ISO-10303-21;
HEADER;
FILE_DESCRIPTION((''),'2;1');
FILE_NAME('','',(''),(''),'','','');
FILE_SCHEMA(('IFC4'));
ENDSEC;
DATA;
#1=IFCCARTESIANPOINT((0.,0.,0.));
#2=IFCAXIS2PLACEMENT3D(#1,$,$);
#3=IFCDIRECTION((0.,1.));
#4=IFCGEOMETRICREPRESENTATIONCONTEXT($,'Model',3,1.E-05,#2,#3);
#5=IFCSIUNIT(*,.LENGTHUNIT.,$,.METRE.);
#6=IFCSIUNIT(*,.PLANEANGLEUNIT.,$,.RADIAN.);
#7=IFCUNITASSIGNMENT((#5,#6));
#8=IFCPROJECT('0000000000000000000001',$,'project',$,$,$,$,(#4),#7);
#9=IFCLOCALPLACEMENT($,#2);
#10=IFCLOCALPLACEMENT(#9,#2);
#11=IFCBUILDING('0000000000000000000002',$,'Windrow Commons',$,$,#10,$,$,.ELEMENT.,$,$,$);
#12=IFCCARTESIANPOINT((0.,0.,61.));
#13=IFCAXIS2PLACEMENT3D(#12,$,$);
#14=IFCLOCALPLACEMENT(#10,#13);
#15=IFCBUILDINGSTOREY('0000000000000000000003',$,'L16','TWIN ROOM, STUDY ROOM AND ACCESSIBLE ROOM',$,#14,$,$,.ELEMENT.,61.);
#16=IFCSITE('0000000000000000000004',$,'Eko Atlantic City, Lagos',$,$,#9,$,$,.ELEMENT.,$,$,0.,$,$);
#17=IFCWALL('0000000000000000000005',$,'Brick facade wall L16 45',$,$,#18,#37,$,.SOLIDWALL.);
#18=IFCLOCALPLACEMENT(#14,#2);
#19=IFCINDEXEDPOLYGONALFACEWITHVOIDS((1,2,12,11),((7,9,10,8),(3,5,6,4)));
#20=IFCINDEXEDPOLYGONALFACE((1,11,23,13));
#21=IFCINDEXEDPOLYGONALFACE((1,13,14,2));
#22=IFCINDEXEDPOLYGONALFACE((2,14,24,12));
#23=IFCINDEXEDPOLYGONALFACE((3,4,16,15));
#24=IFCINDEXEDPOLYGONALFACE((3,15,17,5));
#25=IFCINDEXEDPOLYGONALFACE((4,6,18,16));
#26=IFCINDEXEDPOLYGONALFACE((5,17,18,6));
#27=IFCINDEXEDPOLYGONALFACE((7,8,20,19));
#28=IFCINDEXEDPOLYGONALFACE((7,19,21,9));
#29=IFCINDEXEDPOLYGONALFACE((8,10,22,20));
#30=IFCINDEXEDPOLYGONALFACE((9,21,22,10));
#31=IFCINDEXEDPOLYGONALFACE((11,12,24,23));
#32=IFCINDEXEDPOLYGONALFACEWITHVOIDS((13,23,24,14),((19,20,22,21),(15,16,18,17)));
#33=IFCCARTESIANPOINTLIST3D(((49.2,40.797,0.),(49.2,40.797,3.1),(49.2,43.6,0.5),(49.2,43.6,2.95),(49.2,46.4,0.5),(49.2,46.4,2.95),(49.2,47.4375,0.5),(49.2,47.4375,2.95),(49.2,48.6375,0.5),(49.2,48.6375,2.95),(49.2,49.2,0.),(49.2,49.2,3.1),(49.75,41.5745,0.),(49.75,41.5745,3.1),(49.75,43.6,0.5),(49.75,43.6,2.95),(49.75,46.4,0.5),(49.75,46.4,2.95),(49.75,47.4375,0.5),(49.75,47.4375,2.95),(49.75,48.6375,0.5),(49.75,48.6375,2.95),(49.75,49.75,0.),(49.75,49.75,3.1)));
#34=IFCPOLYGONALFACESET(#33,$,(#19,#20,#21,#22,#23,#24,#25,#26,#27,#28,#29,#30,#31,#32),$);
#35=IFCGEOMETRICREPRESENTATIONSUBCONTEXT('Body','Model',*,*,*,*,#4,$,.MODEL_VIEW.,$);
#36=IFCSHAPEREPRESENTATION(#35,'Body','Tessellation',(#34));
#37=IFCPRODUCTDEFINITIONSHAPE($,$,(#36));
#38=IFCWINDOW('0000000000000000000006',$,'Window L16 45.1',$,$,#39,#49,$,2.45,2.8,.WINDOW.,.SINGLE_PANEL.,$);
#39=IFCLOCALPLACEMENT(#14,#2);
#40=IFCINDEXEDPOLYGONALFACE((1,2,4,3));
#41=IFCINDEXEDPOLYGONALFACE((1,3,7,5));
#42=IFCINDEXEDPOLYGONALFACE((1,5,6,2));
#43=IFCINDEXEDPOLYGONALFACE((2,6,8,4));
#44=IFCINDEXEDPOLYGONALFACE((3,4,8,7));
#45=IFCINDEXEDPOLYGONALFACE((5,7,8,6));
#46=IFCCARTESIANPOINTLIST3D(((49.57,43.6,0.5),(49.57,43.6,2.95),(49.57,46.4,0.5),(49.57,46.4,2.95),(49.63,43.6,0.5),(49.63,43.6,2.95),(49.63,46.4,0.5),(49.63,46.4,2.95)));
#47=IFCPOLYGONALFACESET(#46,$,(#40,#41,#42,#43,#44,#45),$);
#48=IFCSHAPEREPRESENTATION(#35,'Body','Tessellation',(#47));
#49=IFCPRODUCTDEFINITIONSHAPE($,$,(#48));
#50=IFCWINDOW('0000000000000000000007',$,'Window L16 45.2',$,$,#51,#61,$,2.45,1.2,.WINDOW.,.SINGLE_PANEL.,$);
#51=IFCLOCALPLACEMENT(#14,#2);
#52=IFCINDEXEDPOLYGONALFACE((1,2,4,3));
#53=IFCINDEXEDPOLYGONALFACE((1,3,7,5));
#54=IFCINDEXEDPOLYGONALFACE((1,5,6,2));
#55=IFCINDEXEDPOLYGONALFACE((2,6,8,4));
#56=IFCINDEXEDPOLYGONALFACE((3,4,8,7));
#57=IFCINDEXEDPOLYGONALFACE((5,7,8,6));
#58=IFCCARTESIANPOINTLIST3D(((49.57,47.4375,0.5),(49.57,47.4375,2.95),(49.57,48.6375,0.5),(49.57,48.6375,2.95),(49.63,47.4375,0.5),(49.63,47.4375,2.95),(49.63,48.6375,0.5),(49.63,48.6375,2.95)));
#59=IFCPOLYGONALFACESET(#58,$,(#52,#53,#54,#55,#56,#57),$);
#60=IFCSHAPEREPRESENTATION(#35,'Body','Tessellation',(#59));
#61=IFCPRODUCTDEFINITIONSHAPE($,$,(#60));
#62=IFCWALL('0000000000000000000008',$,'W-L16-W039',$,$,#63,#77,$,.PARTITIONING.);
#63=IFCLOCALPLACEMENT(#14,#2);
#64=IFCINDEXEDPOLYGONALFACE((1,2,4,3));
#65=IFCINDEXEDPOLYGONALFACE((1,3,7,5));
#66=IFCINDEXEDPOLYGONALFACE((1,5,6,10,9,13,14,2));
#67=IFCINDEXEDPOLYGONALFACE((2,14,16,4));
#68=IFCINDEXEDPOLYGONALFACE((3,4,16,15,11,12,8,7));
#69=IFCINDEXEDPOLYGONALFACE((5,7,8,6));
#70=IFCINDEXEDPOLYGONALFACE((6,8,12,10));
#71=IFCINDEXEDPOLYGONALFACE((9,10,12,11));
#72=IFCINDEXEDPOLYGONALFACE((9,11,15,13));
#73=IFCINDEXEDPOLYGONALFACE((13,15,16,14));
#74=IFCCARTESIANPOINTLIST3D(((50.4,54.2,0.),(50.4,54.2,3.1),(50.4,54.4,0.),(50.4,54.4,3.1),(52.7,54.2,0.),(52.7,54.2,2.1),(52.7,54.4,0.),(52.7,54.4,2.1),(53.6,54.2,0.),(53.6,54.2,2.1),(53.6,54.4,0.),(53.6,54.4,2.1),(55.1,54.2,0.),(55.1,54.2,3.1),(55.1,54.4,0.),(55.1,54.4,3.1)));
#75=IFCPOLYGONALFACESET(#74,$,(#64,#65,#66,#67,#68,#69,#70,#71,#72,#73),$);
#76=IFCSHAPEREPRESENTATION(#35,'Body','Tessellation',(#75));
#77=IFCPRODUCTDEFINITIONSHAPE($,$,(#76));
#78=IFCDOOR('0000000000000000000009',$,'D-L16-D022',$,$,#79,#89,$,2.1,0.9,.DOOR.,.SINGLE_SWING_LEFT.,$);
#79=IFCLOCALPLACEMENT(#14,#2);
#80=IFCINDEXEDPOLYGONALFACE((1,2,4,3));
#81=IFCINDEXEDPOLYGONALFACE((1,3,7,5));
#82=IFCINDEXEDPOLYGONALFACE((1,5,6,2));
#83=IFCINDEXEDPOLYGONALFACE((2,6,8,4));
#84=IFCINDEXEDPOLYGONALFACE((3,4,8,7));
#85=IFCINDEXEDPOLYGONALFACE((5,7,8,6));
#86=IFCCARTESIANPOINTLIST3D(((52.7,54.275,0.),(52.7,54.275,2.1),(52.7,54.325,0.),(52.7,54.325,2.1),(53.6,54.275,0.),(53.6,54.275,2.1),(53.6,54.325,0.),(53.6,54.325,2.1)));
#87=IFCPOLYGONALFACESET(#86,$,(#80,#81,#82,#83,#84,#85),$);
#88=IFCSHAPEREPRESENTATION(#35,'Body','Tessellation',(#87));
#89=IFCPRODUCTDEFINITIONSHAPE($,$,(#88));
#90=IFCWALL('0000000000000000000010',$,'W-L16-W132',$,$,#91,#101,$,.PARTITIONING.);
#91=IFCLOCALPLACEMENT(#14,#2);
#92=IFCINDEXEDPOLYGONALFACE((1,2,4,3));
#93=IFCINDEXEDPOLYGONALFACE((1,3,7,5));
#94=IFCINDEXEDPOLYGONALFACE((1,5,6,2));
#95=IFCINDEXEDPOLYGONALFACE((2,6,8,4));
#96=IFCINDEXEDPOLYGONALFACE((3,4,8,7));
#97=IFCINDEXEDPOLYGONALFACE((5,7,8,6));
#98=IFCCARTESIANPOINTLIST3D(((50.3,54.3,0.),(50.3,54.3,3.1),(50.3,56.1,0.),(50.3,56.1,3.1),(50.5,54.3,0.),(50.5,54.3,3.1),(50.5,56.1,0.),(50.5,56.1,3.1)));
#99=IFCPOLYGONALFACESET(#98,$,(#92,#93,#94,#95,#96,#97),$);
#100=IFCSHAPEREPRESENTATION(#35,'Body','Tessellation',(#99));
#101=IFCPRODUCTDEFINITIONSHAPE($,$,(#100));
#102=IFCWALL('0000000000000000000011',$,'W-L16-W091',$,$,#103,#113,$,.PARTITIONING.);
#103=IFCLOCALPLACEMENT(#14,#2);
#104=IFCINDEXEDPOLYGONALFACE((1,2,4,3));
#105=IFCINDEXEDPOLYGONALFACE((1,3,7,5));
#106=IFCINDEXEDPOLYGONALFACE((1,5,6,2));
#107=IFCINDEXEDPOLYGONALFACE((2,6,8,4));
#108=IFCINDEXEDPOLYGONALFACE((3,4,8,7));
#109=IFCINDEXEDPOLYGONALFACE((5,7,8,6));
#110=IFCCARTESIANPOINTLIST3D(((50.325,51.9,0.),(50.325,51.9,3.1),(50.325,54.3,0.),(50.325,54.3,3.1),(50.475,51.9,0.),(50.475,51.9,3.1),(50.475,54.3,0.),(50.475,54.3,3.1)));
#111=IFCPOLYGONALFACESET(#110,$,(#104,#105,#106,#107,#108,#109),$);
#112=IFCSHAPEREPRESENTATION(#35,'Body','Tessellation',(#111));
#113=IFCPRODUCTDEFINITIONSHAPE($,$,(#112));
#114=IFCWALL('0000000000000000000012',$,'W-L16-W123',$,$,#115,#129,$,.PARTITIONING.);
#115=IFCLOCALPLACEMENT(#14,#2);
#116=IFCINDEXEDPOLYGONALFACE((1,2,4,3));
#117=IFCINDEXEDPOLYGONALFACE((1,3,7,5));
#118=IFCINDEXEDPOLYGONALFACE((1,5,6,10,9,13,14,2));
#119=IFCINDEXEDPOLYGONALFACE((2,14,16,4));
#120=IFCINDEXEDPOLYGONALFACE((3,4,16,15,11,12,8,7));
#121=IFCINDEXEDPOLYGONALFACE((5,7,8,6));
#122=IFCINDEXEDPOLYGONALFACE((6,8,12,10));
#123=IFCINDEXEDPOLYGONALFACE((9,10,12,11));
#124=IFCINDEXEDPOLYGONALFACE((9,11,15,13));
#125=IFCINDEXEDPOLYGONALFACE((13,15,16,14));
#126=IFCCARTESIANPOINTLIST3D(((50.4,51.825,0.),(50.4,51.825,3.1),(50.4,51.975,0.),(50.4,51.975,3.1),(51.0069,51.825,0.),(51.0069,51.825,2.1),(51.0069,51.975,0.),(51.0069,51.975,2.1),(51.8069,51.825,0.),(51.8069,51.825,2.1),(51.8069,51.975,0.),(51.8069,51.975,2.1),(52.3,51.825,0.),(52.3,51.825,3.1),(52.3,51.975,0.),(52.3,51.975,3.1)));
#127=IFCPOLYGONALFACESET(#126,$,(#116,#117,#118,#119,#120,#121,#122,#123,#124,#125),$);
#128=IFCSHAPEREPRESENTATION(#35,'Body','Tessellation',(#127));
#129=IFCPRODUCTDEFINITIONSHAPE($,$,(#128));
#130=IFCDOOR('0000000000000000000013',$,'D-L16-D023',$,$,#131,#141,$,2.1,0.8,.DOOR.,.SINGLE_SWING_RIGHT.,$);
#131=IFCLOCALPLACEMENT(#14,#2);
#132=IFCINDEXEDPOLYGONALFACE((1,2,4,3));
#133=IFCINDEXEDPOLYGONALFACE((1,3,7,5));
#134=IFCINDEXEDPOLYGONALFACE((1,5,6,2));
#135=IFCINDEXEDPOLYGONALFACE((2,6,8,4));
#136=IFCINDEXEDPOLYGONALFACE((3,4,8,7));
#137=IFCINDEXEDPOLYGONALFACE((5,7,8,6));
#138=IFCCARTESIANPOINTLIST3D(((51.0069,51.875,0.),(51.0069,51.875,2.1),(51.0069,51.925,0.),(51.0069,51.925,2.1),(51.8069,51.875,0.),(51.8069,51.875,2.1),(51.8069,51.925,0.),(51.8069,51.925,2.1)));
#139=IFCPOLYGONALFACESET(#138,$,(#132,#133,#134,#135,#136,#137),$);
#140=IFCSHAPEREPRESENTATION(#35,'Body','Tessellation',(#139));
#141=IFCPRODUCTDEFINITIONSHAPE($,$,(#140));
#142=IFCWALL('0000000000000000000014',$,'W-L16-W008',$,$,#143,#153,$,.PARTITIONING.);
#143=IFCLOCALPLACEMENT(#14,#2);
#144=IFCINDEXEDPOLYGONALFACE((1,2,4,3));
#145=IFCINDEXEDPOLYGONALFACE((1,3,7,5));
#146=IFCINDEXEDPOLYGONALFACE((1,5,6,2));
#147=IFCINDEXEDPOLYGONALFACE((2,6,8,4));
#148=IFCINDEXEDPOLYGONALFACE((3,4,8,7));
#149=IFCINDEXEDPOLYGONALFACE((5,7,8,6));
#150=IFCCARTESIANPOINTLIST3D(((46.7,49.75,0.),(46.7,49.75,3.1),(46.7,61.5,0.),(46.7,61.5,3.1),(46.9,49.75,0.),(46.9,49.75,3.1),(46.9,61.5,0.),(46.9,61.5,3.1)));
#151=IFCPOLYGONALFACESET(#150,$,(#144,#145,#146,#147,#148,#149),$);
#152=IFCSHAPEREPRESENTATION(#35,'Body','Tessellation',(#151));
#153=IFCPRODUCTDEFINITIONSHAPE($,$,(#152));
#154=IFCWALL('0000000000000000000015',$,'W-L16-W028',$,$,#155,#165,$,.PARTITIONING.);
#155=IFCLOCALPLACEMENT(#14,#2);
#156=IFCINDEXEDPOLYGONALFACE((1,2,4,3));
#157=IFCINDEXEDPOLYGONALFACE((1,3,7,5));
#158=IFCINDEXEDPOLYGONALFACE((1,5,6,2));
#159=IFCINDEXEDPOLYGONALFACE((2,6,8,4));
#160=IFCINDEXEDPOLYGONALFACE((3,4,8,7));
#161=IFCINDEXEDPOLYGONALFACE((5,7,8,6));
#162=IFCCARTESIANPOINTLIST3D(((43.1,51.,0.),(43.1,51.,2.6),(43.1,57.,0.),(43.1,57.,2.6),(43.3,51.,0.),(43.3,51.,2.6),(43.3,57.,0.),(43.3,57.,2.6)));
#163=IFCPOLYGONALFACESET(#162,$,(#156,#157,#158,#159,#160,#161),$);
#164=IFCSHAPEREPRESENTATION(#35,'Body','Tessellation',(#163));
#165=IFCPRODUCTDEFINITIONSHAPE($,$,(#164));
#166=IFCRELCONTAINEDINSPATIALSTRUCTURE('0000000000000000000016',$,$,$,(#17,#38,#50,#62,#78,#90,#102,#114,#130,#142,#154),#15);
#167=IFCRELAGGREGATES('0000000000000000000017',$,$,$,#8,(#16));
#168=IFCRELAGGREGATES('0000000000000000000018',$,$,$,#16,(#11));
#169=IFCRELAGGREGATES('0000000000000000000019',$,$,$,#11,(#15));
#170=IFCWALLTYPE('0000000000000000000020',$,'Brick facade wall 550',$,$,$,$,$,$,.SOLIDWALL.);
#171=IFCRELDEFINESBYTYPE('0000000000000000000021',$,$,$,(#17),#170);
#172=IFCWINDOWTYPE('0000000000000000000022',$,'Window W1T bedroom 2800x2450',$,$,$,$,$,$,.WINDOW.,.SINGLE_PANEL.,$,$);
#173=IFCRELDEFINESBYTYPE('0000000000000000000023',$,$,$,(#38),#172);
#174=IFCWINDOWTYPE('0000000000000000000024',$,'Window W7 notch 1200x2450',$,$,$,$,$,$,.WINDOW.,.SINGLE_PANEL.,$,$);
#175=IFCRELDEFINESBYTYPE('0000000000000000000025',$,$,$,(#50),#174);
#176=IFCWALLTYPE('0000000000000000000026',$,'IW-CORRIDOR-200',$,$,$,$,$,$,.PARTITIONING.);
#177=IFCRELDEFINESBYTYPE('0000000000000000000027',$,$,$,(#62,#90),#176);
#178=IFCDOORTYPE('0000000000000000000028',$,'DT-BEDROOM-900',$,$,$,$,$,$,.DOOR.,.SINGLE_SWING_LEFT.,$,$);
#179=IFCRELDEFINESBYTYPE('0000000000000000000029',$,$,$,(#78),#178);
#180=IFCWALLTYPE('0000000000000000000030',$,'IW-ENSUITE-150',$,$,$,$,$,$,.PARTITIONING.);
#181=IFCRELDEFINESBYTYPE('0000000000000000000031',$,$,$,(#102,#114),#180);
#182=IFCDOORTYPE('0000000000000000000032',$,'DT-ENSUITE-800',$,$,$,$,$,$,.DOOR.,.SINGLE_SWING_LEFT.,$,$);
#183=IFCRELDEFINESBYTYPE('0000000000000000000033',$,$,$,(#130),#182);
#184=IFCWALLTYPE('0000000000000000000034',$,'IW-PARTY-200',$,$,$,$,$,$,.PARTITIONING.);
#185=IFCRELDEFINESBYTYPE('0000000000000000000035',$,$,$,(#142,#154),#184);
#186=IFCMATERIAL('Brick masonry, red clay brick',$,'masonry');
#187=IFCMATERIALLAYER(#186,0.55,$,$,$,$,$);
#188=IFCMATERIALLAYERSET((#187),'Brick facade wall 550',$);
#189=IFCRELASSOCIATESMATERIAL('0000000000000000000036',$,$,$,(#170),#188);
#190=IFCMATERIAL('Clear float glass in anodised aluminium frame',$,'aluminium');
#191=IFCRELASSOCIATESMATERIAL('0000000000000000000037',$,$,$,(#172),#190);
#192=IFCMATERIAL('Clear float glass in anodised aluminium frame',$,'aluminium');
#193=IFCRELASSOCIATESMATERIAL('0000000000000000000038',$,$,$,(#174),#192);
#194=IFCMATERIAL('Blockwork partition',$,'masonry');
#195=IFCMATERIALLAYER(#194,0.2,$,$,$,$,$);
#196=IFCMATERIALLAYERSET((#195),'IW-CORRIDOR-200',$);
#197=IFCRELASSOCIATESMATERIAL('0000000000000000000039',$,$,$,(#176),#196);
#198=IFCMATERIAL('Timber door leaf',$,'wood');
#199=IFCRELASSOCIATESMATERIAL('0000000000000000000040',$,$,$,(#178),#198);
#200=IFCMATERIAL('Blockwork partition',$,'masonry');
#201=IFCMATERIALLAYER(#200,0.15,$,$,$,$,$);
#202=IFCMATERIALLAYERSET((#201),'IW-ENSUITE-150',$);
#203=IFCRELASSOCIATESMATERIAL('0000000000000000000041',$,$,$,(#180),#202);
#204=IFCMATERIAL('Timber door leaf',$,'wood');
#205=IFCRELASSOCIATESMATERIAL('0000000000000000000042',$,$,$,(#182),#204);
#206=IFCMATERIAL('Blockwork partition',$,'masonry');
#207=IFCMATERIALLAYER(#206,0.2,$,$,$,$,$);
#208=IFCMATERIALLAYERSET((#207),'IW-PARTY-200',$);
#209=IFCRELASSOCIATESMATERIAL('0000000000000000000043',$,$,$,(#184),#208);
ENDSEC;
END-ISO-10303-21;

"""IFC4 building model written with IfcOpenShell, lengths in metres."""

from ifc_helpers import new_model, si_unit, direction, frame, frame_2d, origin, place, context, subcontext, project, spatial, polyline, rectangle, outline, extrude, material, layer, layer_set, type_object, element, fill, save


model = new_model("IFC4")

# Units and contexts
model_context = context("Model", 3, precision=1e-05, world=origin(), true_north=direction((0.0, 1.0)))
body_context = subcontext(model_context, "Body", "Model", "MODEL_VIEW")
ifc_project = project(units=[si_unit("LENGTHUNIT", "METRE"), si_unit("PLANEANGLEUNIT", "RADIAN")], contexts=[model_context])

# Site, building, storey
site_placement = place(None, origin())
site = spatial("IfcSite", under=ifc_project, at=site_placement, Name="Eko Atlantic City, Lagos", CompositionType="ELEMENT", RefElevation=0.0)
building_placement = place(site_placement, origin())
building = spatial("IfcBuilding", under=site, at=building_placement, Name="Windrow Commons", CompositionType="ELEMENT")
storey_placement = place(building_placement, frame((0.0, 0.0, 61.0)))
storey = spatial("IfcBuildingStorey", under=building, at=storey_placement, Name="L16", Description="TWIN ROOM, STUDY ROOM AND ACCESSIBLE ROOM", CompositionType="ELEMENT", Elevation=61.0)

# Wall, openings, windows
ifc_material_1 = material(Name="Brick masonry, red clay brick", Category="masonry")
ifc_layer_1 = layer(ifc_material_1, 0.55)
ifc_layer_set_1 = layer_set([ifc_layer_1], Name="Brick facade wall 550")
wall_type_1 = type_object("IfcWallType", Name="Brick facade wall 550", PredefinedType="SOLIDWALL", material=ifc_layer_set_1)
ifc_material_2 = material(Name="Clear float glass in anodised aluminium frame", Category="aluminium")
window_type_1 = type_object("IfcWindowType", Name="Window W1T bedroom 2800x2450", PartitioningType="SINGLE_PANEL", PredefinedType="WINDOW", material=ifc_material_2)
ifc_material_3 = material(Name="Clear float glass in anodised aluminium frame", Category="aluminium")
window_type_2 = type_object("IfcWindowType", Name="Window W7 notch 1200x2450", PartitioningType="SINGLE_PANEL", PredefinedType="WINDOW", material=ifc_material_3)
wall_1_placement = place(storey_placement, frame((49.475, 49.475, 0.0), z_axis=(0.0, 0.0, 1.0), x_axis=(0.0, -1.0, 0.0)))
wall_1 = element("IfcWall", 1, at=wall_1_placement, inside=storey, type_object=wall_type_1, Name="Brick facade wall L16 45", PredefinedType="SOLIDWALL", context=body_context, shape_type="SweptSolid", body=[
    extrude(outline(polyline([(0.275, -0.275), (8.678, -0.275), (7.9005, 0.275), (-0.275, 0.275), (0.275, -0.275)])), origin(), (0.0, 0.0, 1.0), 3.1),
])
opening_1_placement = place(wall_1_placement, frame((3.075, 0.0, 0.5)))
opening_1 = element("IfcOpeningElement", 2, at=opening_1_placement, cuts=wall_1, PredefinedType="OPENING", context=body_context, shape_type="SweptSolid", body=[
    extrude(rectangle(XDim=2.8, YDim=2.45, at=frame_2d((1.4, 1.225))), frame((0.0, 0.285, 0.0), z_axis=(0.0, -1.0, 0.0), x_axis=(1.0, 0.0, 0.0)), (0.0, 0.0, 1.0), 0.57),
])
opening_2_placement = place(wall_1_placement, frame((0.8375, 0.0, 0.5)))
opening_2 = element("IfcOpeningElement", 3, at=opening_2_placement, cuts=wall_1, PredefinedType="OPENING", context=body_context, shape_type="SweptSolid", body=[
    extrude(rectangle(XDim=1.2, YDim=2.45, at=frame_2d((0.6, 1.225))), frame((0.0, 0.285, 0.0), z_axis=(0.0, -1.0, 0.0), x_axis=(1.0, 0.0, 0.0)), (0.0, 0.0, 1.0), 0.57),
])
window_1_placement = place(opening_1_placement, origin())
window_1 = element("IfcWindow", 4, at=window_1_placement, inside=storey, type_object=window_type_1, Name="Window L16 45.1", OverallHeight=2.45, OverallWidth=2.8, PartitioningType="SINGLE_PANEL", PredefinedType="WINDOW", context=body_context, shape_type="SweptSolid", body=[
    extrude(rectangle(XDim=2.8, YDim=2.45, at=frame_2d((1.4, 1.225))), frame((0.0, 0.155, 0.0), z_axis=(0.0, -1.0, 0.0), x_axis=(1.0, 0.0, 0.0)), (0.0, 0.0, 1.0), 0.06),
])
fill(opening_1, window_1)
window_2_placement = place(opening_2_placement, origin())
window_2 = element("IfcWindow", 5, at=window_2_placement, inside=storey, type_object=window_type_2, Name="Window L16 45.2", OverallHeight=2.45, OverallWidth=1.2, PartitioningType="SINGLE_PANEL", PredefinedType="WINDOW", context=body_context, shape_type="SweptSolid", body=[
    extrude(rectangle(XDim=1.2, YDim=2.45, at=frame_2d((0.6, 1.225))), frame((0.0, 0.155, 0.0), z_axis=(0.0, -1.0, 0.0), x_axis=(1.0, 0.0, 0.0)), (0.0, 0.0, 1.0), 0.06),
])
fill(opening_2, window_2)

# Wall, opening, door
ifc_material_4 = material(Name="Blockwork partition", Category="masonry")
ifc_layer_2 = layer(ifc_material_4, 0.2)
ifc_layer_set_2 = layer_set([ifc_layer_2], Name="IW-CORRIDOR-200")
wall_type_2 = type_object("IfcWallType", Name="IW-CORRIDOR-200", PredefinedType="PARTITIONING", material=ifc_layer_set_2)
wall_2_placement = place(storey_placement, frame((50.4, 54.3, 0.0), z_axis=(0.0, 0.0, 1.0), x_axis=(1.0, 0.0, 0.0)))
wall_2 = element("IfcWall", 6, at=wall_2_placement, inside=storey, type_object=wall_type_2, Name="W-L16-W039", PredefinedType="PARTITIONING", context=body_context, shape_type="SweptSolid", body=[
    extrude(rectangle(XDim=4.7, YDim=0.2, at=frame_2d((2.35, 0.0))), origin(), (0.0, 0.0, 1.0), 3.1),
])
opening_3_placement = place(wall_2_placement, frame((2.3, 0.0, 0.0)))
opening_3 = element("IfcOpeningElement", 7, at=opening_3_placement, cuts=wall_2, PredefinedType="OPENING", context=body_context, shape_type="SweptSolid", body=[
    extrude(rectangle(XDim=0.9, YDim=2.1, at=frame_2d((0.45, 1.05))), frame((0.0, 0.11, 0.0), z_axis=(0.0, -1.0, 0.0), x_axis=(1.0, 0.0, 0.0)), (0.0, 0.0, 1.0), 0.22),
])
ifc_material_5 = material(Name="Timber door leaf", Category="wood")
door_type_1 = type_object("IfcDoorType", Name="DT-BEDROOM-900", OperationType="SINGLE_SWING_LEFT", PredefinedType="DOOR", material=ifc_material_5)
door_1_placement = place(opening_3_placement, origin())
door_1 = element("IfcDoor", 8, at=door_1_placement, inside=storey, type_object=door_type_1, Name="D-L16-D022", OperationType="SINGLE_SWING_LEFT", OverallHeight=2.1, OverallWidth=0.9, PredefinedType="DOOR", context=body_context, shape_type="SweptSolid", body=[
    extrude(rectangle(XDim=0.9, YDim=2.1, at=frame_2d((0.45, 1.05))), frame((0.0, 0.025, 0.0), z_axis=(0.0, -1.0, 0.0), x_axis=(1.0, 0.0, 0.0)), (0.0, 0.0, 1.0), 0.05),
])
fill(opening_3, door_1)

# Walls
wall_3_placement = place(storey_placement, frame((50.4, 54.3, 0.0), z_axis=(0.0, 0.0, 1.0), x_axis=(0.0, 1.0, 0.0)))
element("IfcWall", 9, at=wall_3_placement, inside=storey, type_object=wall_type_2, Name="W-L16-W132", PredefinedType="PARTITIONING", context=body_context, shape_type="SweptSolid", body=[
    extrude(rectangle(XDim=1.8, YDim=0.2, at=frame_2d((0.9, 0.0))), origin(), (0.0, 0.0, 1.0), 3.1),
])
ifc_material_6 = material(Name="Blockwork partition", Category="masonry")
ifc_layer_3 = layer(ifc_material_6, 0.15)
ifc_layer_set_3 = layer_set([ifc_layer_3], Name="IW-ENSUITE-150")
wall_type_3 = type_object("IfcWallType", Name="IW-ENSUITE-150", PredefinedType="PARTITIONING", material=ifc_layer_set_3)
wall_4_placement = place(storey_placement, frame((50.4, 51.9, 0.0), z_axis=(0.0, 0.0, 1.0), x_axis=(0.0, 1.0, 0.0)))
element("IfcWall", 10, at=wall_4_placement, inside=storey, type_object=wall_type_3, Name="W-L16-W091", PredefinedType="PARTITIONING", context=body_context, shape_type="SweptSolid", body=[
    extrude(rectangle(XDim=2.4, YDim=0.15, at=frame_2d((1.2, 0.0))), origin(), (0.0, 0.0, 1.0), 3.1),
])

# Wall, opening, door
wall_5_placement = place(storey_placement, frame((50.4, 51.9, 0.0), z_axis=(0.0, 0.0, 1.0), x_axis=(1.0, 0.0, 0.0)))
wall_5 = element("IfcWall", 11, at=wall_5_placement, inside=storey, type_object=wall_type_3, Name="W-L16-W123", PredefinedType="PARTITIONING", context=body_context, shape_type="SweptSolid", body=[
    extrude(rectangle(XDim=1.9, YDim=0.15, at=frame_2d((0.95, 0.0))), origin(), (0.0, 0.0, 1.0), 3.1),
])
opening_4_placement = place(wall_5_placement, frame((0.6069, 0.0, 0.0)))
opening_4 = element("IfcOpeningElement", 12, at=opening_4_placement, cuts=wall_5, PredefinedType="OPENING", context=body_context, shape_type="SweptSolid", body=[
    extrude(rectangle(XDim=0.8, YDim=2.1, at=frame_2d((0.4, 1.05))), frame((0.0, 0.085, 0.0), z_axis=(0.0, -1.0, 0.0), x_axis=(1.0, 0.0, 0.0)), (0.0, 0.0, 1.0), 0.17),
])
ifc_material_7 = material(Name="Timber door leaf", Category="wood")
door_type_2 = type_object("IfcDoorType", Name="DT-ENSUITE-800", OperationType="SINGLE_SWING_LEFT", PredefinedType="DOOR", material=ifc_material_7)
door_2_placement = place(opening_4_placement, origin())
door_2 = element("IfcDoor", 13, at=door_2_placement, inside=storey, type_object=door_type_2, Name="D-L16-D023", OperationType="SINGLE_SWING_RIGHT", OverallHeight=2.1, OverallWidth=0.8, PredefinedType="DOOR", context=body_context, shape_type="SweptSolid", body=[
    extrude(rectangle(XDim=0.8, YDim=2.1, at=frame_2d((0.4, 1.05))), frame((0.0, 0.025, 0.0), z_axis=(0.0, -1.0, 0.0), x_axis=(1.0, 0.0, 0.0)), (0.0, 0.0, 1.0), 0.05),
])
fill(opening_4, door_2)

# Walls
ifc_material_8 = material(Name="Blockwork partition", Category="masonry")
ifc_layer_4 = layer(ifc_material_8, 0.2)
ifc_layer_set_4 = layer_set([ifc_layer_4], Name="IW-PARTY-200")
wall_type_4 = type_object("IfcWallType", Name="IW-PARTY-200", PredefinedType="PARTITIONING", material=ifc_layer_set_4)
wall_6_placement = place(storey_placement, frame((46.8, 49.75, 0.0), z_axis=(0.0, 0.0, 1.0), x_axis=(0.0, 1.0, 0.0)))
element("IfcWall", 14, at=wall_6_placement, inside=storey, type_object=wall_type_4, Name="W-L16-W008", PredefinedType="PARTITIONING", context=body_context, shape_type="SweptSolid", body=[
    extrude(rectangle(XDim=11.75, YDim=0.2, at=frame_2d((5.875, 0.0))), origin(), (0.0, 0.0, 1.0), 3.1),
])
wall_7_placement = place(storey_placement, frame((43.2, 51.0, 0.0), z_axis=(0.0, 0.0, 1.0), x_axis=(0.0, 1.0, 0.0)))
element("IfcWall", 15, at=wall_7_placement, inside=storey, type_object=wall_type_4, Name="W-L16-W028", PredefinedType="PARTITIONING", context=body_context, shape_type="SweptSolid", body=[
    extrude(rectangle(XDim=6.0, YDim=0.2, at=frame_2d((3.0, 0.0))), origin(), (0.0, 0.0, 1.0), 2.6),
])

save(model, "model.ifc")
